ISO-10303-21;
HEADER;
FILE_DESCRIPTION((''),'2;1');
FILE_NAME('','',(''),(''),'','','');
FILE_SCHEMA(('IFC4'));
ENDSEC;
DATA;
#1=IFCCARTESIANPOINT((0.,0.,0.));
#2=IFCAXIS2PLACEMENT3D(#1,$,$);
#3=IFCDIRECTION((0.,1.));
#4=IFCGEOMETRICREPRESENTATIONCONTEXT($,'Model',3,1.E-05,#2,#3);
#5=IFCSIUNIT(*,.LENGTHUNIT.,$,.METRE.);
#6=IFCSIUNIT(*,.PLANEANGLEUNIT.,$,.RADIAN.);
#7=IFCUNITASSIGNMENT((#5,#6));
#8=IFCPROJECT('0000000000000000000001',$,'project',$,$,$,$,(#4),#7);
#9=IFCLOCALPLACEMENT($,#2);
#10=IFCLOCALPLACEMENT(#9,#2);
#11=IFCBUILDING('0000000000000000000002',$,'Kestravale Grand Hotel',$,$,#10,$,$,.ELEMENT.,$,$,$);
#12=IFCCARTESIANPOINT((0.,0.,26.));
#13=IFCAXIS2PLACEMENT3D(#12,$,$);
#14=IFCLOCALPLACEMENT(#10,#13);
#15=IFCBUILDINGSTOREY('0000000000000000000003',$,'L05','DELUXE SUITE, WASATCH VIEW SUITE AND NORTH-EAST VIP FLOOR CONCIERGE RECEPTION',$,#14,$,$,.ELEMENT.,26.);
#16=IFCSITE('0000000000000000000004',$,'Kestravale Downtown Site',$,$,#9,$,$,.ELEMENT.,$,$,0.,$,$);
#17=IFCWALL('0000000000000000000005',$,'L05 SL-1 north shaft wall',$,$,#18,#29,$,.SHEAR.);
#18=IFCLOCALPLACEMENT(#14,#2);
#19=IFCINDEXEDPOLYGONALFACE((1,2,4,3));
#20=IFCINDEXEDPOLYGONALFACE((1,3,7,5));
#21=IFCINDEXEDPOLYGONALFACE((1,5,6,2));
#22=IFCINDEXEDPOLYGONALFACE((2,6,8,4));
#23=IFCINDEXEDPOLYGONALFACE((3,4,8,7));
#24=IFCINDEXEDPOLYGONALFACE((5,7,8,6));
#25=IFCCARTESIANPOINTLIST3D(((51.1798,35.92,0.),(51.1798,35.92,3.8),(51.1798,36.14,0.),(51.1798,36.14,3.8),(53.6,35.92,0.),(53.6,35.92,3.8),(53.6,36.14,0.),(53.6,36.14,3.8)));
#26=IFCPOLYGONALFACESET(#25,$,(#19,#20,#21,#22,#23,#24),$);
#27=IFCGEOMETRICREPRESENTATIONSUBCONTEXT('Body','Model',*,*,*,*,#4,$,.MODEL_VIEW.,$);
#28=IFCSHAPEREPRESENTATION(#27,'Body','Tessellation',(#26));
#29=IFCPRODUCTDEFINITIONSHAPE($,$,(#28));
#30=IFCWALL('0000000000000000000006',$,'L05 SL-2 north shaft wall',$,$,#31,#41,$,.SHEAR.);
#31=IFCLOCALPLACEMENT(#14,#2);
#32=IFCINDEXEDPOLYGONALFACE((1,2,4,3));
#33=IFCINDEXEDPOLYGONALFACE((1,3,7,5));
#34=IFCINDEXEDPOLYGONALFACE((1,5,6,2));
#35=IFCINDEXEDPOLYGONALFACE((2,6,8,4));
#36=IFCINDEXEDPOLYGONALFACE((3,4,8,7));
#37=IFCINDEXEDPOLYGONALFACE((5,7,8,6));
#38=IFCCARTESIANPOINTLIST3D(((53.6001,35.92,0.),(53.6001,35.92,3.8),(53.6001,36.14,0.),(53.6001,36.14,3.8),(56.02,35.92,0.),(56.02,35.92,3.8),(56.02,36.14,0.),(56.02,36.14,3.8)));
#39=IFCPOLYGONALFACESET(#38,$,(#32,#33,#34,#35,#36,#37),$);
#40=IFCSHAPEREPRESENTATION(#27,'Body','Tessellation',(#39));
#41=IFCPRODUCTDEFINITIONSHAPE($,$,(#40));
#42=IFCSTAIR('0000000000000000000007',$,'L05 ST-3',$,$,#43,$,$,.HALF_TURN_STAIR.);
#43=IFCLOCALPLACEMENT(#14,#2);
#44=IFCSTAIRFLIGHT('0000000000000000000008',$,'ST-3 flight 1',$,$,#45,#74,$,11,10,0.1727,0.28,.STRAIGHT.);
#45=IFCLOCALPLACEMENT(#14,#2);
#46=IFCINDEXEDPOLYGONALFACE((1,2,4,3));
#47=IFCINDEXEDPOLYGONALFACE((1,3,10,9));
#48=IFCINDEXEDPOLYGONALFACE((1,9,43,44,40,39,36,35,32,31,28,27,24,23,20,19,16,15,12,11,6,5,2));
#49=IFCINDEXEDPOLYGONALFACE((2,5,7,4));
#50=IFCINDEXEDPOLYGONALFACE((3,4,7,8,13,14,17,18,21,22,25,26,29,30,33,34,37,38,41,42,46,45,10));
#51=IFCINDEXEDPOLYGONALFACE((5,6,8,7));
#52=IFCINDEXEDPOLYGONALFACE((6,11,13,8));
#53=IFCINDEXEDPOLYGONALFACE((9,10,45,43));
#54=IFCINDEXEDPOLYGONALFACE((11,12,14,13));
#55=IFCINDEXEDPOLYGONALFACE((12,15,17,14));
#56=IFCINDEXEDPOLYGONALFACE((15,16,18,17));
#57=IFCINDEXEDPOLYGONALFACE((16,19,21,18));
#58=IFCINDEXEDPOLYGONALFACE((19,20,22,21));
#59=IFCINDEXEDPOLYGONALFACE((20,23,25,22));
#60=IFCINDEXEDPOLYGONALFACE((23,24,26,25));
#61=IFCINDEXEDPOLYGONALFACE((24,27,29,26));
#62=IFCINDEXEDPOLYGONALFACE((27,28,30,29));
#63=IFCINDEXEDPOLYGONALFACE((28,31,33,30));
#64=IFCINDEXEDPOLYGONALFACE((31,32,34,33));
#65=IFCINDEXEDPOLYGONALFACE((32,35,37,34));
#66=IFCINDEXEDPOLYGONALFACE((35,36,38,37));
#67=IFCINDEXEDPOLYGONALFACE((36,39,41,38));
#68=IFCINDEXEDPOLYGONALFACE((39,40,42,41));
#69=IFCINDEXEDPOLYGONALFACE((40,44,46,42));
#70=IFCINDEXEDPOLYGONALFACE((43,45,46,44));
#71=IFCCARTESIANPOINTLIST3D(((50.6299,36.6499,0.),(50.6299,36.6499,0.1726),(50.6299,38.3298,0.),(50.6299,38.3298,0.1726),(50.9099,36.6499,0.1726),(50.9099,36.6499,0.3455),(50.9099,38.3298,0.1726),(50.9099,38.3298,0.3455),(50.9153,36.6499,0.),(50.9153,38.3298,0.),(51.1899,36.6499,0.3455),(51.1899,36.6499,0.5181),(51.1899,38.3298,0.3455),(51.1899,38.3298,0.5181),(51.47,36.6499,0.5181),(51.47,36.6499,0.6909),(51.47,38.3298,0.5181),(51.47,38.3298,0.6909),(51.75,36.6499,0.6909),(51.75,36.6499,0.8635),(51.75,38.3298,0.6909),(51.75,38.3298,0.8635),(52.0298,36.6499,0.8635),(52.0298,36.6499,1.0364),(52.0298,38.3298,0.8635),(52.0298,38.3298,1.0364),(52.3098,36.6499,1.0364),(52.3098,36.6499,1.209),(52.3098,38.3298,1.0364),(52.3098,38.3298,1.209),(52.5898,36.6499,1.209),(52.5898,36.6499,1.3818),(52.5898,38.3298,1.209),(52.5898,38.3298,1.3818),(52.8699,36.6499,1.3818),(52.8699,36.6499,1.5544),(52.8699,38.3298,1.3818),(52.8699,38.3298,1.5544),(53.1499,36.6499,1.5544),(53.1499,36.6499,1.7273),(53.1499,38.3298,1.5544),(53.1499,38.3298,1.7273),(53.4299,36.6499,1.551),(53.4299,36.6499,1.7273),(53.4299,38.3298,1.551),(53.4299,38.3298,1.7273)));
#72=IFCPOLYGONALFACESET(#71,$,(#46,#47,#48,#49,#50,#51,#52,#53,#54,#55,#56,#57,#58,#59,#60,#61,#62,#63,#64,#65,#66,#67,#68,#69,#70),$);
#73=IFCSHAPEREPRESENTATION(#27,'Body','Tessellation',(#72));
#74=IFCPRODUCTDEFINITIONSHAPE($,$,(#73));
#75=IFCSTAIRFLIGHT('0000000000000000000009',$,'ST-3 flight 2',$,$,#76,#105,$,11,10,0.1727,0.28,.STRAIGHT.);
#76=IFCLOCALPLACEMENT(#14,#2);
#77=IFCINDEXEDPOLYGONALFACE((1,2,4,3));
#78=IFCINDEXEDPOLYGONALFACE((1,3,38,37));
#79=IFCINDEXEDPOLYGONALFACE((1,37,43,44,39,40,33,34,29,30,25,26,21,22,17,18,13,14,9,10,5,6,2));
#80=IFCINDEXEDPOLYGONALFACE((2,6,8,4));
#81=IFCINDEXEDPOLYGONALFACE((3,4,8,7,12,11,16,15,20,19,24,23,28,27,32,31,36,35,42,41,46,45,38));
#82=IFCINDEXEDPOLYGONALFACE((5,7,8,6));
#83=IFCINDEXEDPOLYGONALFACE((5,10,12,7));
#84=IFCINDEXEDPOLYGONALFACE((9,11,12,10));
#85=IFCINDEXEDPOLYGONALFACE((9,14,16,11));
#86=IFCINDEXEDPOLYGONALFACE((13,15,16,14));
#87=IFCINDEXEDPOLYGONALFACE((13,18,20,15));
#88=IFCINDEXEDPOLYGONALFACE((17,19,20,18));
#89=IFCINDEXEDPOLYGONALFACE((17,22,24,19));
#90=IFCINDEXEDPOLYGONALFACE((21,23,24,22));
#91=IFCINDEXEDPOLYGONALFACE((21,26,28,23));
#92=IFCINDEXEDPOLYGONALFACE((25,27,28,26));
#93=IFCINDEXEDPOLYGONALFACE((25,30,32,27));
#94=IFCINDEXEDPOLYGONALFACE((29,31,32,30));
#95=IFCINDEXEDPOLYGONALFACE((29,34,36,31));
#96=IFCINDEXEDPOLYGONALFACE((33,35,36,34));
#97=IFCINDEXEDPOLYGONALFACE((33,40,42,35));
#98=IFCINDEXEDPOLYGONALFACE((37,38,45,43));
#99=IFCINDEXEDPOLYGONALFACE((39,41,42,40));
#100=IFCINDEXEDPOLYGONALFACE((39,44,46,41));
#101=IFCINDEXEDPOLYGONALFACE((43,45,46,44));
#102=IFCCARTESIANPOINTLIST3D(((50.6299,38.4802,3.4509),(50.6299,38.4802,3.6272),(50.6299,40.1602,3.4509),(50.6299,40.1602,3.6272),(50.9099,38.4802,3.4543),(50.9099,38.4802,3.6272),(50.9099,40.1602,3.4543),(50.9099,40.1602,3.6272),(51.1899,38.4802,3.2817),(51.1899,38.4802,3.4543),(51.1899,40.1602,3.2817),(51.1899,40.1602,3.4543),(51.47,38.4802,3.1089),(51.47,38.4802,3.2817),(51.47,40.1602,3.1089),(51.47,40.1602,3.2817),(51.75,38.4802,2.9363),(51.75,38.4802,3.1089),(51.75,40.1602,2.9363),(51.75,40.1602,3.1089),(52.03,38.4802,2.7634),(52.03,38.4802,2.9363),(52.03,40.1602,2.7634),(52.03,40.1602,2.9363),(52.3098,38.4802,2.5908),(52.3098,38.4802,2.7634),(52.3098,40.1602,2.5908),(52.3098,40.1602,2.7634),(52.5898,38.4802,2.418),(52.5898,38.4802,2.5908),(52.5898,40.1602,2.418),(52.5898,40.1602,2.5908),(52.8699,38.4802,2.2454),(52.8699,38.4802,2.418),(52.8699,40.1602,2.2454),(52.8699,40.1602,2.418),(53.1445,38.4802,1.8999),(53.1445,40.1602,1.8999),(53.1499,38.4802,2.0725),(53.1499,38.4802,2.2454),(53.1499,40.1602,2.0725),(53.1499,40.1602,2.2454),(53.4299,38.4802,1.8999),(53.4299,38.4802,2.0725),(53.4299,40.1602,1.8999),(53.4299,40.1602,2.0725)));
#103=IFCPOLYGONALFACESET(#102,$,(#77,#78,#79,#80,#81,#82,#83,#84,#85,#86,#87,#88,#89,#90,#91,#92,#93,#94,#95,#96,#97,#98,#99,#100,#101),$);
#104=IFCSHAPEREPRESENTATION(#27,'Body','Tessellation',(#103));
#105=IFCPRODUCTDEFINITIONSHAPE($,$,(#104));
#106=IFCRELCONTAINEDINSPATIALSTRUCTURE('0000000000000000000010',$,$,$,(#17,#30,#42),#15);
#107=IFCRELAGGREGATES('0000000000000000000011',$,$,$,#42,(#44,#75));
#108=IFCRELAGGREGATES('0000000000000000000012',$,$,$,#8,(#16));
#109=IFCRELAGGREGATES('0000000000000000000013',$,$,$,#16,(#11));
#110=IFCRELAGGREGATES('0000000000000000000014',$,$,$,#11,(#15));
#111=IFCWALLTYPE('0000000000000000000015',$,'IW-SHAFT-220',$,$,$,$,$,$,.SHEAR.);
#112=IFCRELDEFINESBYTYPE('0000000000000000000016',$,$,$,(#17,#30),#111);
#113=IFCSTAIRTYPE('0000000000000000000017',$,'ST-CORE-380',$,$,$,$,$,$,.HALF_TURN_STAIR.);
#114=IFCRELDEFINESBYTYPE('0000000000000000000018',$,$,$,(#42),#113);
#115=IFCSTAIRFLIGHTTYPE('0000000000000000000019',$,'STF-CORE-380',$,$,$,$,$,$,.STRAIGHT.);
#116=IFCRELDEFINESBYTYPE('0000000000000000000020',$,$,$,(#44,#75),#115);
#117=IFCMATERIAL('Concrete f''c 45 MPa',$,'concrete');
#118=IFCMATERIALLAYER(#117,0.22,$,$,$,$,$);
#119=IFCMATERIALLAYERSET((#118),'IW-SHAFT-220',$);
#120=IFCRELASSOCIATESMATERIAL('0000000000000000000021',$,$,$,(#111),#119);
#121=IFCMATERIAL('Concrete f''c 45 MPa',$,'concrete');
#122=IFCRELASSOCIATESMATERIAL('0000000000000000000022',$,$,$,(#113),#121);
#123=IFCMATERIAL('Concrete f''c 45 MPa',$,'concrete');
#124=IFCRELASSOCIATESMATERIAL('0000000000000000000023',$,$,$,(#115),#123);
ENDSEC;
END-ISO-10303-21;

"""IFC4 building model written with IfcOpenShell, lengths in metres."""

from ifc_helpers import new_model, si_unit, direction, frame, frame_2d, origin, place, context, subcontext, project, spatial, polyline, rectangle, outline, extrude, material, layer, layer_set, type_object, element, aggregate, save


model = new_model("IFC4")

# Units and contexts
model_context = context("Model", 3, precision=1e-05, world=origin(), true_north=direction((0.0, 1.0)))
body_context = subcontext(model_context, "Body", "Model", "MODEL_VIEW")
ifc_project = project(units=[si_unit("LENGTHUNIT", "METRE"), si_unit("PLANEANGLEUNIT", "RADIAN")], contexts=[model_context])

# Site, building, storey
site_placement = place(None, origin())
site = spatial("IfcSite", under=ifc_project, at=site_placement, Name="Kestravale Downtown Site", CompositionType="ELEMENT", RefElevation=0.0)
building_placement = place(site_placement, origin())
building = spatial("IfcBuilding", under=site, at=building_placement, Name="Kestravale Grand Hotel", CompositionType="ELEMENT")
storey_placement = place(building_placement, frame((0.0, 0.0, 26.0)))
storey = spatial("IfcBuildingStorey", under=building, at=storey_placement, Name="L05", Description="DELUXE SUITE, WASATCH VIEW SUITE AND NORTH-EAST VIP FLOOR CONCIERGE RECEPTION", CompositionType="ELEMENT", Elevation=26.0)

# Wall
ifc_material_1 = material(Name="Concrete f'c 45 MPa", Category="concrete")
ifc_layer_1 = layer(ifc_material_1, 0.22)
ifc_layer_set_1 = layer_set([ifc_layer_1], Name="IW-SHAFT-220")
wall_type_1 = type_object("IfcWallType", Name="IW-SHAFT-220", PredefinedType="SHEAR", material=ifc_layer_set_1)
wall_1_placement = place(storey_placement, frame((51.1799, 36.03, 0.0), z_axis=(0.0, 0.0, 1.0), x_axis=(1.0, 0.0, 0.0)))
element("IfcWall", 1, at=wall_1_placement, inside=storey, type_object=wall_type_1, Name="L05 SL-1 north shaft wall", PredefinedType="SHEAR", context=body_context, shape_type="SweptSolid", body=[
    extrude(rectangle(XDim=2.4202, YDim=0.22, at=frame_2d((1.21, 0.0))), origin(), (0.0, 0.0, 1.0), 3.8),
])

# Wall
wall_2_placement = place(storey_placement, frame((53.6001, 36.03, 0.0), z_axis=(0.0, 0.0, 1.0), x_axis=(1.0, 0.0, 0.0)))
element("IfcWall", 2, at=wall_2_placement, inside=storey, type_object=wall_type_1, Name="L05 SL-2 north shaft wall", PredefinedType="SHEAR", context=body_context, shape_type="SweptSolid", body=[
    extrude(rectangle(XDim=2.4199, YDim=0.22, at=frame_2d((1.21, 0.0))), origin(), (0.0, 0.0, 1.0), 3.8),
])

# Stair, stair flights
ifc_material_2 = material(Name="Concrete f'c 45 MPa", Category="concrete")
stair_type = type_object("IfcStairType", Name="ST-CORE-380", PredefinedType="HALF_TURN_STAIR", material=ifc_material_2)
stair_placement = place(storey_placement, origin())
stair = element("IfcStair", 3, at=stair_placement, inside=storey, type_object=stair_type, Name="L05 ST-3", PredefinedType="HALF_TURN_STAIR")
ifc_material_3 = material(Name="Concrete f'c 45 MPa", Category="concrete")
stair_flight_type = type_object("IfcStairFlightType", Name="STF-CORE-380", PredefinedType="STRAIGHT", material=ifc_material_3)
stair_flight_1_placement = place(storey_placement, frame((50.6299, 37.49, 0.0), z_axis=(0.0, 0.0, 1.0), x_axis=(1.0, 0.0, 0.0)))
stair_flight_1 = element("IfcStairFlight", 4, at=stair_flight_1_placement, type_object=stair_flight_type, Name="ST-3 flight 1", NumberOfRisers=11, NumberOfTreads=10, PredefinedType="STRAIGHT", RiserHeight=0.1727, TreadLength=0.28, context=body_context, shape_type="SweptSolid", body=[
    extrude(outline(polyline([(0.0, 0.0), (0.0, 0.1726), (0.28, 0.1726), (0.28, 0.3455), (0.5601, 0.3455), (0.5601, 0.5181), (0.8401, 0.5181), (0.8401, 0.6909), (1.1201, 0.6909), (1.1201, 0.8635), (1.3999, 0.8635), (1.3999, 1.0364), (1.6799, 1.0364), (1.6799, 1.209), (1.96, 1.209), (1.96, 1.3818), (2.24, 1.3818), (2.24, 1.5544), (2.52, 1.5544), (2.52, 1.7273), (2.8, 1.7273), (2.8, 1.8999), (2.8, 1.551), (0.2854, 0.0), (0.0, 0.0)])), frame((0.0, 0.8398, 0.0), z_axis=(0.0, -1.0, 0.0), x_axis=(1.0, 0.0, 0.0)), (0.0, 0.0, 1.0), 1.6799),
])
stair_flight_2_placement = place(storey_placement, frame((53.4299, 39.3201, 1.8999), z_axis=(0.0, 0.0, 1.0), x_axis=(-1.0, 0.0, 0.0)))
stair_flight_2 = element("IfcStairFlight", 5, at=stair_flight_2_placement, type_object=stair_flight_type, Name="ST-3 flight 2", NumberOfRisers=11, NumberOfTreads=10, PredefinedType="STRAIGHT", RiserHeight=0.1727, TreadLength=0.28, context=body_context, shape_type="SweptSolid", body=[
    extrude(outline(polyline([(0.0, 0.0), (0.0, 0.1726), (0.28, 0.1726), (0.28, 0.3455), (0.5601, 0.3455), (0.5601, 0.5181), (0.8401, 0.5181), (0.8401, 0.6909), (1.1201, 0.6909), (1.1201, 0.8635), (1.3999, 0.8635), (1.3999, 1.0364), (1.6799, 1.0364), (1.6799, 1.209), (1.96, 1.209), (1.96, 1.3818), (2.24, 1.3818), (2.24, 1.5544), (2.52, 1.5544), (2.52, 1.7273), (2.8, 1.7273), (2.8, 1.8999), (2.8, 1.551), (0.2854, 0.0), (0.0, 0.0)])), frame((0.0, 0.8398, 0.0), z_axis=(0.0, -1.0, 0.0), x_axis=(1.0, 0.0, 0.0)), (0.0, 0.0, 1.0), 1.6799),
])
aggregate(stair, [stair_flight_1, stair_flight_2])

save(model, "model.ifc")
